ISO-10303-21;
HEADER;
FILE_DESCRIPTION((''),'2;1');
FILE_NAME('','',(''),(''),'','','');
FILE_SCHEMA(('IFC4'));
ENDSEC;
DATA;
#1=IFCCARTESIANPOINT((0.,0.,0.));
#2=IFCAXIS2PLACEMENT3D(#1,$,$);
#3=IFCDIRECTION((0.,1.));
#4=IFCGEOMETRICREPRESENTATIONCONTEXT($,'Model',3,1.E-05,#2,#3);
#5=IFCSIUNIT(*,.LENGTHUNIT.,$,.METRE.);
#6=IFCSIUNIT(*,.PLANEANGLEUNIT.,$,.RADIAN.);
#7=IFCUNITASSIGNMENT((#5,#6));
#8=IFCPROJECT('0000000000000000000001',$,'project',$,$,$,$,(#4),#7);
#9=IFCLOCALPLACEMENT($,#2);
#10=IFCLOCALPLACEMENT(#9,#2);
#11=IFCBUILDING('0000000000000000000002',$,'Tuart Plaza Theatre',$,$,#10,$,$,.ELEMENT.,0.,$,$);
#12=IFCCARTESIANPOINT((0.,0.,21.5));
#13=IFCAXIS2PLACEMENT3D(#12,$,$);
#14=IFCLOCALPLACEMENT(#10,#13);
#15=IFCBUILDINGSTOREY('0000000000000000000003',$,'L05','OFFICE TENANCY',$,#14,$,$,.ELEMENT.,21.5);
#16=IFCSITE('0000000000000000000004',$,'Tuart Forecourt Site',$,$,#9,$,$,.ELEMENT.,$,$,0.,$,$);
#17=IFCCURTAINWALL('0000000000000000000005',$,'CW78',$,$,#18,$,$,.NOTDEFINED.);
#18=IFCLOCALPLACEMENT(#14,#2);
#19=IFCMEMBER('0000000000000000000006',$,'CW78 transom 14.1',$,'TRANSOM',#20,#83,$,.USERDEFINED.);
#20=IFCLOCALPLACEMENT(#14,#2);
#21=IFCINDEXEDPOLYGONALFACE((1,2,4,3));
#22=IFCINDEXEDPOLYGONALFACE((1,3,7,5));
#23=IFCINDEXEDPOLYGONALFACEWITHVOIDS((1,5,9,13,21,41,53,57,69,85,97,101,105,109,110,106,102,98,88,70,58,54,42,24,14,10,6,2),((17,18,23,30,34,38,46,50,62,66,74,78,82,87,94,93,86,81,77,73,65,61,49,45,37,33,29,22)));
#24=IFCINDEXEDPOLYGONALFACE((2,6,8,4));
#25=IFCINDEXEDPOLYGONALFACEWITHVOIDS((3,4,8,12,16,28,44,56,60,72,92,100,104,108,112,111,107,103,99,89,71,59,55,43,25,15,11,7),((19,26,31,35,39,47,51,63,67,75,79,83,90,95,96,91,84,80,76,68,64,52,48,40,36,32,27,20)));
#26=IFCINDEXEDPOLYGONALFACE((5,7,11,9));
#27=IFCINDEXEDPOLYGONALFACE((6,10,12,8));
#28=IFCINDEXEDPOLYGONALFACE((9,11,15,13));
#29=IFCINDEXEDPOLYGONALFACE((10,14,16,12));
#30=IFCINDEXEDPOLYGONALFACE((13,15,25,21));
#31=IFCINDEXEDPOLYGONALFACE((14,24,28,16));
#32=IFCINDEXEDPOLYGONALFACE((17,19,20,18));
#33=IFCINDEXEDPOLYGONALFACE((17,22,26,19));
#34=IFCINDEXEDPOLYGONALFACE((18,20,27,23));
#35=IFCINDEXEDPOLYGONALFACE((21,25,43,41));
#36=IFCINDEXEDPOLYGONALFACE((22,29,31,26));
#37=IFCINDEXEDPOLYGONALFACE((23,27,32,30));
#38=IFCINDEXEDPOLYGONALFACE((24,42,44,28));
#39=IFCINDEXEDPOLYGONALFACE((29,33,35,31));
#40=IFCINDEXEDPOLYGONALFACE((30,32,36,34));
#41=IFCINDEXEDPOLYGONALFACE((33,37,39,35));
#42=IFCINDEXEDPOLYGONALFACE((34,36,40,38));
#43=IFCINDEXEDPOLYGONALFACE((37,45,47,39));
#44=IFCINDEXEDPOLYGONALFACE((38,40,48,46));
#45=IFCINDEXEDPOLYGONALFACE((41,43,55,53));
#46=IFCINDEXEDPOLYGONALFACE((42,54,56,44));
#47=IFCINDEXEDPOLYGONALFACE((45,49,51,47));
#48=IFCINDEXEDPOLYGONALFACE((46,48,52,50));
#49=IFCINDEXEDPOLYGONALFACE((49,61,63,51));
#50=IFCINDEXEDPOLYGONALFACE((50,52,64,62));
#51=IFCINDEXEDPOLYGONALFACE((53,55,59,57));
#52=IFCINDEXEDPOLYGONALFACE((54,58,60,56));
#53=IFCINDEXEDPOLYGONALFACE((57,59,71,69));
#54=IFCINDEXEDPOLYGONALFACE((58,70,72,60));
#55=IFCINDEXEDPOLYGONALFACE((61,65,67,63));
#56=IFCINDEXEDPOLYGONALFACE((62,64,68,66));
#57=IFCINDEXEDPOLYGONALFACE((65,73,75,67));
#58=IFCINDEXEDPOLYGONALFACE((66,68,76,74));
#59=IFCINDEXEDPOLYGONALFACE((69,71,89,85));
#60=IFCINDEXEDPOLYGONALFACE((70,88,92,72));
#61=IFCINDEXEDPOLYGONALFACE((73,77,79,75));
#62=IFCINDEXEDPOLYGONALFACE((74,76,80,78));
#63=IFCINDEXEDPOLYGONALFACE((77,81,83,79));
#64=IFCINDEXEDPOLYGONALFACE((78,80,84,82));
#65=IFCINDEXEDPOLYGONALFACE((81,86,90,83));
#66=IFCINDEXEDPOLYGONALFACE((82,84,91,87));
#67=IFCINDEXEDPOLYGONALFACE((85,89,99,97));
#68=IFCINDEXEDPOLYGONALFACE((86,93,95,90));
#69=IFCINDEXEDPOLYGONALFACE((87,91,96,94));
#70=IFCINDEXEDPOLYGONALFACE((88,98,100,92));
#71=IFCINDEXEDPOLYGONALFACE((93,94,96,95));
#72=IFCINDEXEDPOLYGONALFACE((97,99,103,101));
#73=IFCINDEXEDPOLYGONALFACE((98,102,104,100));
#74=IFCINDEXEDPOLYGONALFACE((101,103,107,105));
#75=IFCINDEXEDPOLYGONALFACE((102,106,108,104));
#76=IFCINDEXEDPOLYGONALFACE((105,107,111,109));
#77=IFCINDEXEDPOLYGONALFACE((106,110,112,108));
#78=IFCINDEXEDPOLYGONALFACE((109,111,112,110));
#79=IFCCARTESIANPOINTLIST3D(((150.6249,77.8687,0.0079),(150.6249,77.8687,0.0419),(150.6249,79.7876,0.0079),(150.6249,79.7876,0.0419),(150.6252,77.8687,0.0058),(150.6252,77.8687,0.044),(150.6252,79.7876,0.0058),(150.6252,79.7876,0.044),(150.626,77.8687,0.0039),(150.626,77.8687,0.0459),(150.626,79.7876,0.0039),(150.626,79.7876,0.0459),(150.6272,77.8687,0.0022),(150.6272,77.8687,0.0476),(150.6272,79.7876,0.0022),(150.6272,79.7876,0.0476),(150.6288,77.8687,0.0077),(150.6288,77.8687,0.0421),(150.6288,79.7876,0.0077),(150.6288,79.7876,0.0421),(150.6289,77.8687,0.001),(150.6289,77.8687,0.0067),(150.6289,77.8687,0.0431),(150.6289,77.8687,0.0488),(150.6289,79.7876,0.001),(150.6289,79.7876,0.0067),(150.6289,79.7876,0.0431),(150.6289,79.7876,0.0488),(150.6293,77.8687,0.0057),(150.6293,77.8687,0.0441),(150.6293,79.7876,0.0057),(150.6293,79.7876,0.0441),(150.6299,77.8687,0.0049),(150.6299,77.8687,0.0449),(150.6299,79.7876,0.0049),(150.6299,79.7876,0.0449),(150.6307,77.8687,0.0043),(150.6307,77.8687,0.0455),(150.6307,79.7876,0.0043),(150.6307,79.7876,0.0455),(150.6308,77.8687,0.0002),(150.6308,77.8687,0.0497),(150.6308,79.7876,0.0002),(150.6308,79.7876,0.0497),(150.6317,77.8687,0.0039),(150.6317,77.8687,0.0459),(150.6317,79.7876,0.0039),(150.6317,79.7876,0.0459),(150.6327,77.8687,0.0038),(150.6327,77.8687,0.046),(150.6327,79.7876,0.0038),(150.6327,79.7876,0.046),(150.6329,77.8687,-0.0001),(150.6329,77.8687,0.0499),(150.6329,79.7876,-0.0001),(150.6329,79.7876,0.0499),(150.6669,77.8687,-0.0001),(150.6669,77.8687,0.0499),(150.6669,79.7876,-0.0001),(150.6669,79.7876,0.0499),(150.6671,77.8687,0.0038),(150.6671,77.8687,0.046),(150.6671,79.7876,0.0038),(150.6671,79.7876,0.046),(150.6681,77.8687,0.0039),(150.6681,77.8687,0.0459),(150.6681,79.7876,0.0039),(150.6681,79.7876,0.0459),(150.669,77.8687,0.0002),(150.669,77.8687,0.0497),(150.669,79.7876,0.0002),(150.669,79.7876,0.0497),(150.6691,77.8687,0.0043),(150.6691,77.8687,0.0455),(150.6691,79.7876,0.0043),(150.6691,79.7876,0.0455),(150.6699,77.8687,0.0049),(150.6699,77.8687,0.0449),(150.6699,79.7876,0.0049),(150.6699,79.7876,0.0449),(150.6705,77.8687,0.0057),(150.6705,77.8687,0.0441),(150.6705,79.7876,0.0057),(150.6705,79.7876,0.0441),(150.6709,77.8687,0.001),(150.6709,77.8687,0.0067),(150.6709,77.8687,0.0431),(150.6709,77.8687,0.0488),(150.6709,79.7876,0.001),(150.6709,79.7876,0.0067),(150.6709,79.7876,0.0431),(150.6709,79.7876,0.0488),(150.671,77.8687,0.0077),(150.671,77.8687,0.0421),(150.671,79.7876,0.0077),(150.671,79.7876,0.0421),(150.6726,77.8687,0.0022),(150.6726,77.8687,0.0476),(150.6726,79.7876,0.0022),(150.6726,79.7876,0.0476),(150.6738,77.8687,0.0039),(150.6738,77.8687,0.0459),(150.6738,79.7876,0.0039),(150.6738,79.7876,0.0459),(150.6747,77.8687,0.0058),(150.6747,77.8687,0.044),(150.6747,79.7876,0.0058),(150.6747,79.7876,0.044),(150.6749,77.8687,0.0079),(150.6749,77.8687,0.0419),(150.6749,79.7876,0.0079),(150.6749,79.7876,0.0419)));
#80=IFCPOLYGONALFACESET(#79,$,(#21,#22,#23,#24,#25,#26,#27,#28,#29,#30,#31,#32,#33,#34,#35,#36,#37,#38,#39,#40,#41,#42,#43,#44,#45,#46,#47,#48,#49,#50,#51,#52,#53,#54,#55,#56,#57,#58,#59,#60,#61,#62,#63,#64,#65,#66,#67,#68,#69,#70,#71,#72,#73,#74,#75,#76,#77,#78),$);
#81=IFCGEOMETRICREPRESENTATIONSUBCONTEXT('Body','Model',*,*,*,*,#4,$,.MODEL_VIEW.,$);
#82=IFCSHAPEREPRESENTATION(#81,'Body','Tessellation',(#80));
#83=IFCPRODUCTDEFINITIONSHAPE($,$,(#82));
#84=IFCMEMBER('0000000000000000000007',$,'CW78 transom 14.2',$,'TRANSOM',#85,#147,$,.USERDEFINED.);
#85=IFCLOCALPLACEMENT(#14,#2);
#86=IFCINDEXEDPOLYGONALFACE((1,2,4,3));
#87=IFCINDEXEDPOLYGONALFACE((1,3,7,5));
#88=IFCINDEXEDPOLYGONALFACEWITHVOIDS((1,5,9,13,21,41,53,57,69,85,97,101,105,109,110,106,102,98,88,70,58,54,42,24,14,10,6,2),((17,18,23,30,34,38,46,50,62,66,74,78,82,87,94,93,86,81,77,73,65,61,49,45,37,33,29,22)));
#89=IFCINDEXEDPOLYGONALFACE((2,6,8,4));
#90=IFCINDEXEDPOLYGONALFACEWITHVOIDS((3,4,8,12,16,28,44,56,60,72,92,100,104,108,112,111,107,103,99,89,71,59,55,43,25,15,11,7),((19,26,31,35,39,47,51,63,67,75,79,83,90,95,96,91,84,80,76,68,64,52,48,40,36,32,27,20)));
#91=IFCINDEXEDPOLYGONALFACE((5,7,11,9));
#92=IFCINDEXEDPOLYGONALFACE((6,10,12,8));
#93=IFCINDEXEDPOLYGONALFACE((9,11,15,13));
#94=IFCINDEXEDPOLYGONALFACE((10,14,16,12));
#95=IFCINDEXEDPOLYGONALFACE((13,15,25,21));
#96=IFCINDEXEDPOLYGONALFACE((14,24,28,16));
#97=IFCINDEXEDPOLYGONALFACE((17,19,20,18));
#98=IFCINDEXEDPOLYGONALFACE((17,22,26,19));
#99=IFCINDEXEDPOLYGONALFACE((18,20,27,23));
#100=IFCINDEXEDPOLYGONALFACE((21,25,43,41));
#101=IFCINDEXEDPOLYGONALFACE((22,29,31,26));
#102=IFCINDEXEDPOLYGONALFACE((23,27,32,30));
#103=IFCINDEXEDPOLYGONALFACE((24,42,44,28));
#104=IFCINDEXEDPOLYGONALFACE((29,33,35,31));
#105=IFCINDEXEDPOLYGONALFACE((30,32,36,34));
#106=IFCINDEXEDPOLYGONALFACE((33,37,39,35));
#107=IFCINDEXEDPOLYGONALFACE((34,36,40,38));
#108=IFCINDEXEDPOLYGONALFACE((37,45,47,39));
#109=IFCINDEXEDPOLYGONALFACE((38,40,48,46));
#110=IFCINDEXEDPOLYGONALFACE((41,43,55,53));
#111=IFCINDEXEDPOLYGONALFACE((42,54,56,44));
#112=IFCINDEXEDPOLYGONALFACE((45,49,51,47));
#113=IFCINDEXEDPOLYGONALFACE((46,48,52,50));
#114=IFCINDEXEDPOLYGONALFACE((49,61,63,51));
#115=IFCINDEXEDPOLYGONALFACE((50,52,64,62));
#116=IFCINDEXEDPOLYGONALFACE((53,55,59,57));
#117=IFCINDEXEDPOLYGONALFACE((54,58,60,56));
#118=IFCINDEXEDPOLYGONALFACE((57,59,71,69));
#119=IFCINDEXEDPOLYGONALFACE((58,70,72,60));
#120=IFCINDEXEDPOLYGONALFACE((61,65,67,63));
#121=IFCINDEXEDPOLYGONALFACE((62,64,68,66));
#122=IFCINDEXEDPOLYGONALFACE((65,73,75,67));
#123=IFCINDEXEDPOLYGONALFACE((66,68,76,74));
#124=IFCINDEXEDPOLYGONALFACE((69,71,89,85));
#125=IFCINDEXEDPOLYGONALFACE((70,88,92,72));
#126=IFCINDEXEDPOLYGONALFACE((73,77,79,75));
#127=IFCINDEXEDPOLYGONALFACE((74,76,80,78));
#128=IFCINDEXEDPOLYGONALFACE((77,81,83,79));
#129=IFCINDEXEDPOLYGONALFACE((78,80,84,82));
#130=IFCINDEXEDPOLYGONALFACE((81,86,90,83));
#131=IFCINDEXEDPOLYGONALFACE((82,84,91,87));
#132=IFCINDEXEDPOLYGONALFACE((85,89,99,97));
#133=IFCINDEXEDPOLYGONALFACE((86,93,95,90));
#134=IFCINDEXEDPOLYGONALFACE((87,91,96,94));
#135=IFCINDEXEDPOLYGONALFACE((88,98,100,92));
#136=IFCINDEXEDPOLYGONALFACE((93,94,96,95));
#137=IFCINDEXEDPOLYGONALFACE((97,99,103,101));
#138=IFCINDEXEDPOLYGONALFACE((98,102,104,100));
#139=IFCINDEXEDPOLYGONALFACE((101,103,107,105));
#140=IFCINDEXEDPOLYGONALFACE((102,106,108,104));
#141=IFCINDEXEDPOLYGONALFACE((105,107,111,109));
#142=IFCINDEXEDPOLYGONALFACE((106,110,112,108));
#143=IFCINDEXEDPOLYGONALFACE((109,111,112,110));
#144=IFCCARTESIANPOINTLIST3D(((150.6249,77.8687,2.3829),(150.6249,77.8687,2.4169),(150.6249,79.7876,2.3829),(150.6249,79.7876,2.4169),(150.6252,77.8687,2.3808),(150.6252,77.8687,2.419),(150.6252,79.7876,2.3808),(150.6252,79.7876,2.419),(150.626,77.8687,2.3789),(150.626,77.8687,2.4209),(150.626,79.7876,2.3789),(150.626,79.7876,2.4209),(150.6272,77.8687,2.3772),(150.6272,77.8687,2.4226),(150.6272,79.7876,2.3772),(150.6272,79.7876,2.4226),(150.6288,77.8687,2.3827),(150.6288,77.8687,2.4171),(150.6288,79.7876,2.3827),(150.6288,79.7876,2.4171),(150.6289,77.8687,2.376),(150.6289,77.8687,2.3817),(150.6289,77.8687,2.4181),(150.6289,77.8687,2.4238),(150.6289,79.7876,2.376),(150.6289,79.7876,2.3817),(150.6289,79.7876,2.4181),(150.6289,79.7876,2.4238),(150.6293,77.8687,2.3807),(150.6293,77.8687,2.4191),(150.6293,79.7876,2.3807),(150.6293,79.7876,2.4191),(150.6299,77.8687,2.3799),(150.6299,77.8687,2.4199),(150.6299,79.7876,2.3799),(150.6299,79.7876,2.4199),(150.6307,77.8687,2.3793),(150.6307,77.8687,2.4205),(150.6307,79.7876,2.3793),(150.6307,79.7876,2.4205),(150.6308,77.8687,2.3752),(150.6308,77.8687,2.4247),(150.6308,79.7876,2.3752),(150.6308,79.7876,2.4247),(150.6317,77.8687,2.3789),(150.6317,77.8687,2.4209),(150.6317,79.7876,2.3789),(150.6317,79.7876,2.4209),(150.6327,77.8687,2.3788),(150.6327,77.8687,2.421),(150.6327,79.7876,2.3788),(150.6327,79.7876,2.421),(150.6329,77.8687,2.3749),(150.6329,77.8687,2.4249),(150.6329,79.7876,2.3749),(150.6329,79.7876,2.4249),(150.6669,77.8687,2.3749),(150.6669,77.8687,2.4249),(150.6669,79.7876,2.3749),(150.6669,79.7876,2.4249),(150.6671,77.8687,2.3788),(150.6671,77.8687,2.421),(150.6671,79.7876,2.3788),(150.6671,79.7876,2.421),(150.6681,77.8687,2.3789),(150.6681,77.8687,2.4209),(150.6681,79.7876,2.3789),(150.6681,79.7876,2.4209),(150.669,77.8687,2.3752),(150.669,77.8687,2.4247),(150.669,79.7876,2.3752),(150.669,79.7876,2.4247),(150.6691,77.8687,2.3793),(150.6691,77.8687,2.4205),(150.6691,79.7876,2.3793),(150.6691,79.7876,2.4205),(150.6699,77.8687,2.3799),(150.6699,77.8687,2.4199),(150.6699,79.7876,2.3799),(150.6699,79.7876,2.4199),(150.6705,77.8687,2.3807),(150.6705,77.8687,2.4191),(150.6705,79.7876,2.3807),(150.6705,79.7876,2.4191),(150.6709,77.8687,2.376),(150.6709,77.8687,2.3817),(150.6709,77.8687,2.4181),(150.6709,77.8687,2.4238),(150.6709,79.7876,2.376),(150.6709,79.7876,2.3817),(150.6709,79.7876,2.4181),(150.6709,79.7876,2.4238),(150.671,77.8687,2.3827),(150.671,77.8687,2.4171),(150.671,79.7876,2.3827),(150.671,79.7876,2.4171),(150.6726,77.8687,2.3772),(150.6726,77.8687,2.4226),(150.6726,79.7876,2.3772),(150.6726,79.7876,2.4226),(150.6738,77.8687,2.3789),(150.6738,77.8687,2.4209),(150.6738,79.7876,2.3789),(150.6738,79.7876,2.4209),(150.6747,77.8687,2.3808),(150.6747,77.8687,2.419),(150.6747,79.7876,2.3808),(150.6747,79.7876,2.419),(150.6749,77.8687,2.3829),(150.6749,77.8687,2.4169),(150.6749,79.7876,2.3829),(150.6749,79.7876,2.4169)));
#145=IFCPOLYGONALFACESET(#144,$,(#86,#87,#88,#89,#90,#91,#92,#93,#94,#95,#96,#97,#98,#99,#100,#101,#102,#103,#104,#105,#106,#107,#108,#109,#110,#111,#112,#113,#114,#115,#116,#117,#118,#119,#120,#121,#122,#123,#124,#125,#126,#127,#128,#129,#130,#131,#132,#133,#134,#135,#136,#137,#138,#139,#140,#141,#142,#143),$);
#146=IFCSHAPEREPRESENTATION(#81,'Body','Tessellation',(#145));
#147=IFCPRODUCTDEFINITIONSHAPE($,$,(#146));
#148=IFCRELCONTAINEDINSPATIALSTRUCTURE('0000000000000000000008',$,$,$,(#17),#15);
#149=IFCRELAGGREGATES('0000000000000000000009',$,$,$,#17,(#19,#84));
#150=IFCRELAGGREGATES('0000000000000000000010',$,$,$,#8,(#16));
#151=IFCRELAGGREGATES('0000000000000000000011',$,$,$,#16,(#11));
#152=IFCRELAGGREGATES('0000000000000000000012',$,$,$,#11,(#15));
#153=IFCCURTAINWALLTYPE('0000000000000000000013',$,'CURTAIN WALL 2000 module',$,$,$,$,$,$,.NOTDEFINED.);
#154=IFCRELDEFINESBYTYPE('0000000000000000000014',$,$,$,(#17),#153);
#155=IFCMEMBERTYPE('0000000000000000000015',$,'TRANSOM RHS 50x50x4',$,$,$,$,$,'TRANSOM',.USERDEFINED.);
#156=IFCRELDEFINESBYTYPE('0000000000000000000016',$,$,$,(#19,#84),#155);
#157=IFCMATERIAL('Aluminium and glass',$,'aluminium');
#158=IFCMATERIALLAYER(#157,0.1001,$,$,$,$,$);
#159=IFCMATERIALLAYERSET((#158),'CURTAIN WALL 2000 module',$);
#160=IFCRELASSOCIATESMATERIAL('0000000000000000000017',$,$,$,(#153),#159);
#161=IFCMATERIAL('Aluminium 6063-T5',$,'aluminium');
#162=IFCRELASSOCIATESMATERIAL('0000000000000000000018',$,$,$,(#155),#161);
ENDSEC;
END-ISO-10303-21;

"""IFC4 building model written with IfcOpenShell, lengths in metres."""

from ifc_helpers import new_model, si_unit, direction, frame, origin, origin_2d, place, context, subcontext, project, spatial, hollow_rectangle, extrude, material, layer, layer_set, material_profile, profile_set, type_object, element, aggregate, save


model = new_model("IFC4")

# Units and contexts
model_context = context("Model", 3, precision=1e-05, world=origin(), true_north=direction((0.0, 1.0)))
body_context = subcontext(model_context, "Body", "Model", "MODEL_VIEW")
ifc_project = project(units=[si_unit("LENGTHUNIT", "METRE"), si_unit("PLANEANGLEUNIT", "RADIAN")], contexts=[model_context])

# Site, building, storey
site_placement = place(None, origin())
site = spatial("IfcSite", under=ifc_project, at=site_placement, Name="Tuart Forecourt Site", CompositionType="ELEMENT", RefElevation=0.0)
building_placement = place(site_placement, origin())
building = spatial("IfcBuilding", under=site, at=building_placement, Name="Tuart Plaza Theatre", CompositionType="ELEMENT", ElevationOfRefHeight=0.0)
storey_placement = place(building_placement, frame((0.0, 0.0, 21.5)))
storey = spatial("IfcBuildingStorey", under=building, at=storey_placement, Name="L05", Description="OFFICE TENANCY", CompositionType="ELEMENT", Elevation=21.5)

# Curtain wall, members
ifc_material_1 = material(Name="Aluminium and glass", Category="aluminium")
ifc_layer_1 = layer(ifc_material_1, 0.1001)
ifc_layer_set_1 = layer_set([ifc_layer_1], Name="CURTAIN WALL 2000 module")
curtain_wall_type = type_object("IfcCurtainWallType", Name="CURTAIN WALL 2000 module", PredefinedType="NOTDEFINED", material=ifc_layer_set_1)
curtain_wall_placement = place(storey_placement, origin())
curtain_wall = element("IfcCurtainWall", 1, at=curtain_wall_placement, inside=storey, type_object=curtain_wall_type, Name="CW78", PredefinedType="NOTDEFINED")
ifc_material_2 = material(Name="Aluminium 6063-T5", Category="aluminium")
ifc_material_profile_1 = material_profile(ifc_material_2, hollow_rectangle(XDim=0.05, YDim=0.05, WallThickness=0.0039, InnerFilletRadius=0.0039, OuterFilletRadius=0.0081, at=origin_2d()), Name="RHS 50x50x4")
ifc_profile_set_1 = profile_set([ifc_material_profile_1], Name="Aluminium 6063-T5")
member_type_1 = type_object("IfcMemberType", Name="TRANSOM RHS 50x50x4", ElementType="TRANSOM", PredefinedType="USERDEFINED", material=ifc_profile_set_1)
member_1_placement = place(storey_placement, frame((150.6499, 77.8687, 0.0249), z_axis=(0.0, 1.0, 0.0), x_axis=(-1.0, 0.0, 0.0)))
member_1 = element("IfcMember", 2, at=member_1_placement, type_object=member_type_1, Name="CW78 transom 14.1", ObjectType="TRANSOM", PredefinedType="USERDEFINED", context=body_context, shape_type="SweptSolid", body=[
    extrude(hollow_rectangle(XDim=0.05, YDim=0.05, WallThickness=0.0039, InnerFilletRadius=0.0039, OuterFilletRadius=0.0081, at=origin_2d()), origin(), (0.0, 0.0, 1.0), 1.9189),
])
member_2_placement = place(storey_placement, frame((150.6499, 77.8687, 2.3999), z_axis=(0.0, 1.0, 0.0), x_axis=(-1.0, 0.0, 0.0)))
member_2 = element("IfcMember", 3, at=member_2_placement, type_object=member_type_1, Name="CW78 transom 14.2", ObjectType="TRANSOM", PredefinedType="USERDEFINED", context=body_context, shape_type="SweptSolid", body=[
    extrude(hollow_rectangle(XDim=0.05, YDim=0.05, WallThickness=0.0039, InnerFilletRadius=0.0039, OuterFilletRadius=0.0081, at=origin_2d()), origin(), (0.0, 0.0, 1.0), 1.9189),
])
aggregate(curtain_wall, [member_1, member_2])

save(model, "model.ifc")
